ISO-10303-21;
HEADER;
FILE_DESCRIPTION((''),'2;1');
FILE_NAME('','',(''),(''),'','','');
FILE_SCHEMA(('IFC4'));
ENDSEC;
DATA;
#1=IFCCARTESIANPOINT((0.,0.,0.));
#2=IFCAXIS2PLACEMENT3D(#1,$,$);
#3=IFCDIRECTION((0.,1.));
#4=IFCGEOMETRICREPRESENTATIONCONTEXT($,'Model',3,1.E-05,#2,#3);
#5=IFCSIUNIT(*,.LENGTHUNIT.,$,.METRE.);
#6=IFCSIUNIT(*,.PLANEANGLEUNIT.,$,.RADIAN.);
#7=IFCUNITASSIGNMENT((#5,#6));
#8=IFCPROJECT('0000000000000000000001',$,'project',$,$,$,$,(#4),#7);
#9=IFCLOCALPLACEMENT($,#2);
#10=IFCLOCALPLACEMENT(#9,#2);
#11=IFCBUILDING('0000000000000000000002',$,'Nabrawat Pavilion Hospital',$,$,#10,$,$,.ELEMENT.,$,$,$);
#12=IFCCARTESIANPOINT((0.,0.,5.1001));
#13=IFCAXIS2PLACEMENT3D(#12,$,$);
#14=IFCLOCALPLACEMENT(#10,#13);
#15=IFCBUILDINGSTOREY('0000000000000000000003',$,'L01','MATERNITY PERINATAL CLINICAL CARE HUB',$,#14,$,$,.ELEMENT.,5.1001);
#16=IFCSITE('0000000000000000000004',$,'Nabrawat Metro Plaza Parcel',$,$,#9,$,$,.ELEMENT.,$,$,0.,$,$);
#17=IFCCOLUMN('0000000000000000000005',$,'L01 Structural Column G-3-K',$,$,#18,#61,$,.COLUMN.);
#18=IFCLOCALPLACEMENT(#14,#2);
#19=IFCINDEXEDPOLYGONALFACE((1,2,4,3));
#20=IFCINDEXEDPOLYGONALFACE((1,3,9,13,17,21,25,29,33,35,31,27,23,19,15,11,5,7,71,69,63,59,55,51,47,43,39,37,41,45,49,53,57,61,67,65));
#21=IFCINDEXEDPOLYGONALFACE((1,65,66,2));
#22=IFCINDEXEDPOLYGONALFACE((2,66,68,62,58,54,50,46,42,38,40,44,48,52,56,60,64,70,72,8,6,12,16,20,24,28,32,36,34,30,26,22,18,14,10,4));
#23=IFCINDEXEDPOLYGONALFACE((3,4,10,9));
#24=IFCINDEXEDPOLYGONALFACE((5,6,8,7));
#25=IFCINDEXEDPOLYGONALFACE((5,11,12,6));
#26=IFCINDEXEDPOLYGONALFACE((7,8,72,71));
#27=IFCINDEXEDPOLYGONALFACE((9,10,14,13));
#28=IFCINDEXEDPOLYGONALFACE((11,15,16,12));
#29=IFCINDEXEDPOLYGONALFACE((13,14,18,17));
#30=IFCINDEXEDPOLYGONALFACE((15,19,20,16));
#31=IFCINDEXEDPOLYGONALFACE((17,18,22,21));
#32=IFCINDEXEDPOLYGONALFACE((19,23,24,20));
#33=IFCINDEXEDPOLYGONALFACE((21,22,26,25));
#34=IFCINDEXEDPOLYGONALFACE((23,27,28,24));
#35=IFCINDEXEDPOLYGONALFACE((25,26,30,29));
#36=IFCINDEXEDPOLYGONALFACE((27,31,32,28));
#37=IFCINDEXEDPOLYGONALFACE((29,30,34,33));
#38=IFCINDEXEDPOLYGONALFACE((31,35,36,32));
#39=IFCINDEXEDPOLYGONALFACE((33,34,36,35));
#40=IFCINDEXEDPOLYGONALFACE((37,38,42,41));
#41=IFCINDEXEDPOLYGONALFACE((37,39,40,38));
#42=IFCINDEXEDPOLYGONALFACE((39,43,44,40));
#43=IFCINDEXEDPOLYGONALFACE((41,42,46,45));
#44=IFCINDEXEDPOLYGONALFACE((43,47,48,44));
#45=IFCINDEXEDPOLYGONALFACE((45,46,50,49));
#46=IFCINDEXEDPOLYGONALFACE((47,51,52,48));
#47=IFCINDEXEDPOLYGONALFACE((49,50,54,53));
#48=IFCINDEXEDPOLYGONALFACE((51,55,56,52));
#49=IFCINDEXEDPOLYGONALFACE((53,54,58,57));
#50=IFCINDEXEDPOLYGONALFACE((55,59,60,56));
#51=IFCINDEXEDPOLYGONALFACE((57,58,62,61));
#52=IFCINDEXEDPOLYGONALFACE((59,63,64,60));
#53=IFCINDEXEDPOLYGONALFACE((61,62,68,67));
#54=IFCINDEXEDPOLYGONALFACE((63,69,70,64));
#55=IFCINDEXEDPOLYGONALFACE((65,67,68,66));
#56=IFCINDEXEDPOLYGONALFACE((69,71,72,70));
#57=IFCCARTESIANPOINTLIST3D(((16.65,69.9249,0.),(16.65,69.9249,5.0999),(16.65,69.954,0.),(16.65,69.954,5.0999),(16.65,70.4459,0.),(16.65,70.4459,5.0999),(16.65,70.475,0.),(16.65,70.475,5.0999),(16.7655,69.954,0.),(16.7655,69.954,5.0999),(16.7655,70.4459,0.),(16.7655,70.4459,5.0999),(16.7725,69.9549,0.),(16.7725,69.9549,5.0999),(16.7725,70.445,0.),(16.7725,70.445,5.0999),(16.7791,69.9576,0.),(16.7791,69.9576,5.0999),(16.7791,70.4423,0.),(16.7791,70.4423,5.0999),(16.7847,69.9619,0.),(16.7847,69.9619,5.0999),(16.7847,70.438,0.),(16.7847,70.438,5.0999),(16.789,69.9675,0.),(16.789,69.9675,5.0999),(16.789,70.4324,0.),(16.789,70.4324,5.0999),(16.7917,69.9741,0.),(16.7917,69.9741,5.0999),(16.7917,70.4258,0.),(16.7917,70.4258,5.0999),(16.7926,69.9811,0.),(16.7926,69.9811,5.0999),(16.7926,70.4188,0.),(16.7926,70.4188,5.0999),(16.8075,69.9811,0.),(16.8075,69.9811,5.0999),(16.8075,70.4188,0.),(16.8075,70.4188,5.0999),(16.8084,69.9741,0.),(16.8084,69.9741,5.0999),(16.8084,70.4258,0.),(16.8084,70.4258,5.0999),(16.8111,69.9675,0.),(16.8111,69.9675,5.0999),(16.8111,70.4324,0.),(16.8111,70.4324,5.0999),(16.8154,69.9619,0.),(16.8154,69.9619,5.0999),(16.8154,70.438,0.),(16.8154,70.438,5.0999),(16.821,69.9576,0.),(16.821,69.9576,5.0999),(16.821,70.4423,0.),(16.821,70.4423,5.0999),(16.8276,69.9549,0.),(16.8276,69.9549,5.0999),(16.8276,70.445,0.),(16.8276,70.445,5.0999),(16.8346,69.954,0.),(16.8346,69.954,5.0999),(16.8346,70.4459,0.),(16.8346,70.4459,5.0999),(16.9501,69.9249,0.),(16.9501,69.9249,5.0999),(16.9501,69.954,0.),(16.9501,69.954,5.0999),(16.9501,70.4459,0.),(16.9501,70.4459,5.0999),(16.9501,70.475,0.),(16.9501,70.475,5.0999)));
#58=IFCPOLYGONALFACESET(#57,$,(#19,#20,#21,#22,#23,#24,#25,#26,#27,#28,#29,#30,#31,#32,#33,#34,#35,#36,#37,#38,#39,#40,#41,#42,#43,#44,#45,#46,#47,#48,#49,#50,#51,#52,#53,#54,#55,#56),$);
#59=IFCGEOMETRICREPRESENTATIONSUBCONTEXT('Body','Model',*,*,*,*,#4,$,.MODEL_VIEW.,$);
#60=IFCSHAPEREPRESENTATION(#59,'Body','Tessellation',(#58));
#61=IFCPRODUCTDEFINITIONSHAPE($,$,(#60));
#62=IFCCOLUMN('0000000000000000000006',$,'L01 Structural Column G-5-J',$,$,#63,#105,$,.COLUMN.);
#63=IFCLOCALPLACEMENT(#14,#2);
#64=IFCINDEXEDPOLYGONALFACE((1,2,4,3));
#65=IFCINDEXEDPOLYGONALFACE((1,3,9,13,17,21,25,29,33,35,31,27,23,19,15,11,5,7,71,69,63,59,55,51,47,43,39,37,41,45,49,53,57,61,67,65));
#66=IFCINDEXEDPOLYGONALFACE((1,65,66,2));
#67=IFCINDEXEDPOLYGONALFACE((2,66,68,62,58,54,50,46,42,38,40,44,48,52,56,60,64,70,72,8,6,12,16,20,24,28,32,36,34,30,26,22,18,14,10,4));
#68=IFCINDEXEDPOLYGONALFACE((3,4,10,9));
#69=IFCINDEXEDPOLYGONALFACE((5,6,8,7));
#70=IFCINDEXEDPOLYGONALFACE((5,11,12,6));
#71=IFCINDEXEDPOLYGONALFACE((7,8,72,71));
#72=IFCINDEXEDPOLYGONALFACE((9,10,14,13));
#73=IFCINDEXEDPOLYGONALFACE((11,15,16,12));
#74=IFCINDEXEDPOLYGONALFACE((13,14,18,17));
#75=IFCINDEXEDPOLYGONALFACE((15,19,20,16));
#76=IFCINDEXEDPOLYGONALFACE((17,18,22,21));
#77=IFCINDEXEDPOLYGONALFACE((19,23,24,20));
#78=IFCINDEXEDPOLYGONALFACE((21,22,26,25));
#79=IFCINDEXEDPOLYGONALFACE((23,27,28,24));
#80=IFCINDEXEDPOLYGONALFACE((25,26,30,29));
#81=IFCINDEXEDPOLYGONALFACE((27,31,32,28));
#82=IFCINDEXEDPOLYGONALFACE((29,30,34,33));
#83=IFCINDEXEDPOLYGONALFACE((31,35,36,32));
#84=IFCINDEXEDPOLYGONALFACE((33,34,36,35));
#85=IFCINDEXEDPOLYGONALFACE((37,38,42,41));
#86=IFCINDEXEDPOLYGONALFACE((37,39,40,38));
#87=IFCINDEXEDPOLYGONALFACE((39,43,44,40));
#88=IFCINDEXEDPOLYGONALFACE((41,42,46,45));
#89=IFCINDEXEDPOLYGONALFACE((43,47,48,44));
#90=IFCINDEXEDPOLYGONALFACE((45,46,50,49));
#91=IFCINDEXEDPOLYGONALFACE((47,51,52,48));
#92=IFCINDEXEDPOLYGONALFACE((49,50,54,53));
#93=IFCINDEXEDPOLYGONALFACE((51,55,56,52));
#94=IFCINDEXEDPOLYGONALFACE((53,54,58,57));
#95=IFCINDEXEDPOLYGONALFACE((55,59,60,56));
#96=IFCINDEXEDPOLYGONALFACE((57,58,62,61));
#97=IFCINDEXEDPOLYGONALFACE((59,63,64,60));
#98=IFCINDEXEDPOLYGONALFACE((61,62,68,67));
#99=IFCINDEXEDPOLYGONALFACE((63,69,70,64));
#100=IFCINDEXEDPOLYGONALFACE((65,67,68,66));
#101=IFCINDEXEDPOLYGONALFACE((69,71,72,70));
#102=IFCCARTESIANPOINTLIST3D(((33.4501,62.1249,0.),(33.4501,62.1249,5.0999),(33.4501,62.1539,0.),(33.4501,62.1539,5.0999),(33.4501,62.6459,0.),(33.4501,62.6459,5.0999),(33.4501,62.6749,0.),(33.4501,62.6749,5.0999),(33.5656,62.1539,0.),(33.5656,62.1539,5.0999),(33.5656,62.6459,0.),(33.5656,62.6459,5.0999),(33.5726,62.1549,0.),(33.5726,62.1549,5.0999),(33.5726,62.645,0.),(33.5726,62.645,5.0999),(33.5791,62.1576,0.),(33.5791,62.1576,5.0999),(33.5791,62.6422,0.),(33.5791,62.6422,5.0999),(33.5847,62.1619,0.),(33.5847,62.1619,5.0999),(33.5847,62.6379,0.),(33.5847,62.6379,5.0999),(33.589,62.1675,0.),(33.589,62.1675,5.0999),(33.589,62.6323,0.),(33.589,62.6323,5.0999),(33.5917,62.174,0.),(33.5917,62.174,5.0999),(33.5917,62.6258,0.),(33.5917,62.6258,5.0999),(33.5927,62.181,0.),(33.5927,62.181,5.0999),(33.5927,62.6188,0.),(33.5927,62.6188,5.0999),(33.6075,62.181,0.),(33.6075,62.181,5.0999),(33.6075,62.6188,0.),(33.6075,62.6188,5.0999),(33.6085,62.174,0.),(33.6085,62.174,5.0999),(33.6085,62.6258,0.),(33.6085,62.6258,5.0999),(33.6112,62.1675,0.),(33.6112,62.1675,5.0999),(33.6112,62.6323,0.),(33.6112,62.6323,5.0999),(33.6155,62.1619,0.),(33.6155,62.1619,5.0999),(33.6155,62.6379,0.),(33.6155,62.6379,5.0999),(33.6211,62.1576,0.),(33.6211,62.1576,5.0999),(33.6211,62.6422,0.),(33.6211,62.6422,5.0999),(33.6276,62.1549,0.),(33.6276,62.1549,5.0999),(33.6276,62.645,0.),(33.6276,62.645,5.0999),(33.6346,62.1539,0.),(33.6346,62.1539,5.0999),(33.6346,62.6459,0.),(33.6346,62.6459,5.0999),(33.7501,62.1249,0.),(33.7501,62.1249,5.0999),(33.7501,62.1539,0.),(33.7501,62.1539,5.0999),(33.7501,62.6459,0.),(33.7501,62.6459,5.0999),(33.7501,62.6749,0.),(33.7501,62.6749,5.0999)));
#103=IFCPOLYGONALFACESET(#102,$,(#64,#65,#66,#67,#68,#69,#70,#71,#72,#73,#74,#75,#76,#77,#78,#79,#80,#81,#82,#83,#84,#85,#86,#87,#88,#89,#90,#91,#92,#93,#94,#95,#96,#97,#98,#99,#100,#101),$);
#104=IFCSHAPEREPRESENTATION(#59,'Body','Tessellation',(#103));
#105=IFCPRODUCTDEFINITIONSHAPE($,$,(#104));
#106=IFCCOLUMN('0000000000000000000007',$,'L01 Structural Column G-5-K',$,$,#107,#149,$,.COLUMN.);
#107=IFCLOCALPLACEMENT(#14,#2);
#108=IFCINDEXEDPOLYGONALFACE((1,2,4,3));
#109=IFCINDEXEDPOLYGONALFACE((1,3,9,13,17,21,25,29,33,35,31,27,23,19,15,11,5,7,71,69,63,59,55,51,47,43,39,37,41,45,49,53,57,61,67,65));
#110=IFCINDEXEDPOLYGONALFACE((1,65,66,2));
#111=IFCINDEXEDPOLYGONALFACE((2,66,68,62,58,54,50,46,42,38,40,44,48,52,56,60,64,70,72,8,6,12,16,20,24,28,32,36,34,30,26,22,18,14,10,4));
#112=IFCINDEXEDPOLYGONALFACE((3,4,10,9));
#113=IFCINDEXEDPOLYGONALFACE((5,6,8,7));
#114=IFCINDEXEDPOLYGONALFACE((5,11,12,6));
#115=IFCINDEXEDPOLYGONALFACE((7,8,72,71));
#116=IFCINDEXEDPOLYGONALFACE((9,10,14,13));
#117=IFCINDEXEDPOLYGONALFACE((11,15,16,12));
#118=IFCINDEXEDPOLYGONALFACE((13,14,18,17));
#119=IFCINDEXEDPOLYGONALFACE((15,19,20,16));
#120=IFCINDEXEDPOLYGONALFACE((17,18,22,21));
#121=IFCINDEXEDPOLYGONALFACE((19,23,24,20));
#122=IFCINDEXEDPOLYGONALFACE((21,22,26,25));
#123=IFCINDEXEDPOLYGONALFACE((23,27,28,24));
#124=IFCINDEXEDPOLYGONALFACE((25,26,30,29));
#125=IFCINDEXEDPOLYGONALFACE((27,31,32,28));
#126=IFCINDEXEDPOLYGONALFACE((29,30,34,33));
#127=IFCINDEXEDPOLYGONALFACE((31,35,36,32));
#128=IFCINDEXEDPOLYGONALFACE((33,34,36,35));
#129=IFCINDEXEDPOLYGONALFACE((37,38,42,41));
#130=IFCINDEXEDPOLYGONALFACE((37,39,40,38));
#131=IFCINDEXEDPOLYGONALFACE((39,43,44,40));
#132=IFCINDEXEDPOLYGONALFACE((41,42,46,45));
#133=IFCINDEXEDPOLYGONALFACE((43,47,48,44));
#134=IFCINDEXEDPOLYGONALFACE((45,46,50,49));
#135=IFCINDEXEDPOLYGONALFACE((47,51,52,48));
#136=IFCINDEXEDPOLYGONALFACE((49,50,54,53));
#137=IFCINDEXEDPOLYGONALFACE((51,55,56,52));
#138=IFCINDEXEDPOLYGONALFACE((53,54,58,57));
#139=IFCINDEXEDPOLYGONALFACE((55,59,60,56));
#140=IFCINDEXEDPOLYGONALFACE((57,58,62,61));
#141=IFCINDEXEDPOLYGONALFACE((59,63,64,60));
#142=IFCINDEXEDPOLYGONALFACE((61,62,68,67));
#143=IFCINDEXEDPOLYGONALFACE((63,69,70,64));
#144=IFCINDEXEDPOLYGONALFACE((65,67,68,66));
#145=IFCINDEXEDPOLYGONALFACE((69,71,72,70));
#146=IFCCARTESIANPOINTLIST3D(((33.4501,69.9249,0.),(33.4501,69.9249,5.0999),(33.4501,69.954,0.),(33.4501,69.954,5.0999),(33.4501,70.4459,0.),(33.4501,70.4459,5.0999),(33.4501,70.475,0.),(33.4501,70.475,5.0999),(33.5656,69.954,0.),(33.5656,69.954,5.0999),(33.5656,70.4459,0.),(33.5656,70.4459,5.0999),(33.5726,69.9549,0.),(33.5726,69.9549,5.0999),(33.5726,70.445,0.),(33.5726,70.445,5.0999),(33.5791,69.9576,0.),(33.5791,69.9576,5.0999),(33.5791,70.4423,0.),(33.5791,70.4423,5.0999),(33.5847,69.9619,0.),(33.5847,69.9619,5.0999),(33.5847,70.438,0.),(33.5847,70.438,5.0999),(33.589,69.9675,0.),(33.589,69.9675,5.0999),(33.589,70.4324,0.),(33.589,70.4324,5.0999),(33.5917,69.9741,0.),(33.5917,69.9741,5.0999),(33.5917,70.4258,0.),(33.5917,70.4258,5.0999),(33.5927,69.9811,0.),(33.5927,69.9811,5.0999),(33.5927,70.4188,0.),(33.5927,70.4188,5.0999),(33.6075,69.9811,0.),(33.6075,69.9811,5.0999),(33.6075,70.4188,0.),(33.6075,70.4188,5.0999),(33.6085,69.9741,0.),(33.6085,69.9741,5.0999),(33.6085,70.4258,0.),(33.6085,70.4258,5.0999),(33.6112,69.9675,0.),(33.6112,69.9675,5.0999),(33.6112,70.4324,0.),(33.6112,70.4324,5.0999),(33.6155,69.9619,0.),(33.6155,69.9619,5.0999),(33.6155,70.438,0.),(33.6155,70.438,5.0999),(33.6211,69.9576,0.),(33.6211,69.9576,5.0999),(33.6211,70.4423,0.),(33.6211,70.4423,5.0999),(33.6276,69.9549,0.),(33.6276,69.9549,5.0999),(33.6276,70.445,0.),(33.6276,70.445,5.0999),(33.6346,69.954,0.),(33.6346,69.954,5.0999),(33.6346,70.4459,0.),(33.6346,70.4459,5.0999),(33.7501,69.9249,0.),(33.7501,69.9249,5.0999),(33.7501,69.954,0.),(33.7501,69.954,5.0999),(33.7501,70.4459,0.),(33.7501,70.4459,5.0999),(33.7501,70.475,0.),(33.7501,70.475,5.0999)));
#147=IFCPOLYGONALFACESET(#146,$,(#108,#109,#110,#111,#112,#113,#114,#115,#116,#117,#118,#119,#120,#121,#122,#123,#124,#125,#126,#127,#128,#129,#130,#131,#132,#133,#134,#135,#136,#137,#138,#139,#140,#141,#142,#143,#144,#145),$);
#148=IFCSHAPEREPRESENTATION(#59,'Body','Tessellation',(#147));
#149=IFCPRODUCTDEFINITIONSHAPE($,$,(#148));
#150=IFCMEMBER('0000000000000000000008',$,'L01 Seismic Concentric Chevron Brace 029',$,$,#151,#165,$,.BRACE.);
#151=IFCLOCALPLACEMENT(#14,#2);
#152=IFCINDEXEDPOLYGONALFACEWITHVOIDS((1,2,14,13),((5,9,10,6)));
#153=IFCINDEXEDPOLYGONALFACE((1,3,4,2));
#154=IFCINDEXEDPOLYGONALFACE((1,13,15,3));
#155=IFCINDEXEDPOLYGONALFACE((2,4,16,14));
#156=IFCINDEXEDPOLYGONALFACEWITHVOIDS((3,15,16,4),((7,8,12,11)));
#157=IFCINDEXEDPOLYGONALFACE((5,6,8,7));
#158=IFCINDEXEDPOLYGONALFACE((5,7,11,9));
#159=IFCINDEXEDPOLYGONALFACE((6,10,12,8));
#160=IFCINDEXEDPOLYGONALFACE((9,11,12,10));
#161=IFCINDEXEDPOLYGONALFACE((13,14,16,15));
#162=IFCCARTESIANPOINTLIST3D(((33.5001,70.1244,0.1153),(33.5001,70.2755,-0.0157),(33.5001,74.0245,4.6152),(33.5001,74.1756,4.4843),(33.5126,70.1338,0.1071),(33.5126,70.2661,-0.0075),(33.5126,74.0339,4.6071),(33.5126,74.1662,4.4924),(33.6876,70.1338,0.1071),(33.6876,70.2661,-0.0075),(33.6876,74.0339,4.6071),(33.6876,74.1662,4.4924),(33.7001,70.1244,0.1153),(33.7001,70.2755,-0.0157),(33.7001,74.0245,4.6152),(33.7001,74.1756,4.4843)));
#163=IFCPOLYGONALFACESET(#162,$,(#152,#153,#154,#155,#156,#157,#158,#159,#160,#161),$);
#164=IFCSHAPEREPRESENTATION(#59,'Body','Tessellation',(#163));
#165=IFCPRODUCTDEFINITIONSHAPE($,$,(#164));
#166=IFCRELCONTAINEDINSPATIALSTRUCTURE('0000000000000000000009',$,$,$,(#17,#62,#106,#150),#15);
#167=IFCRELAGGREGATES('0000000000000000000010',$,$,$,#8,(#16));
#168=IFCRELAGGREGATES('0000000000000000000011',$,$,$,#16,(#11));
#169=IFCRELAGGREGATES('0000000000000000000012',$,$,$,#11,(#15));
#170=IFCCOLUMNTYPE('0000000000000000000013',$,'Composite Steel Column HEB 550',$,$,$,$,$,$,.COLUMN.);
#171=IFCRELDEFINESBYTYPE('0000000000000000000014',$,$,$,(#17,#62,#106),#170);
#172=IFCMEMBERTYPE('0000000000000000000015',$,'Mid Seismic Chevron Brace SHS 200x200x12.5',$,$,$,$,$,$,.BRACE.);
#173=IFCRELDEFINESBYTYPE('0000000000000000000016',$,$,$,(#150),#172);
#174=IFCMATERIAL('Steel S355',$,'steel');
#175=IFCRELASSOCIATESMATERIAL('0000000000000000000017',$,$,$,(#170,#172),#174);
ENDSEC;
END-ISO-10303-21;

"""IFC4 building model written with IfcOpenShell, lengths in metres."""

from ifc_helpers import new_model, si_unit, direction, frame, origin, origin_2d, place, context, subcontext, project, spatial, hollow_rectangle, i_section, extrude, material, material_profile, profile_set, type_object, element, save


model = new_model("IFC4")

# Units and contexts
model_context = context("Model", 3, precision=1e-05, world=origin(), true_north=direction((0.0, 1.0)))
body_context = subcontext(model_context, "Body", "Model", "MODEL_VIEW")
ifc_project = project(units=[si_unit("LENGTHUNIT", "METRE"), si_unit("PLANEANGLEUNIT", "RADIAN")], contexts=[model_context])

# Site, building, storey
site_placement = place(None, origin())
site = spatial("IfcSite", under=ifc_project, at=site_placement, Name="Nabrawat Metro Plaza Parcel", CompositionType="ELEMENT", RefElevation=0.0)
building_placement = place(site_placement, origin())
building = spatial("IfcBuilding", under=site, at=building_placement, Name="Nabrawat Pavilion Hospital", CompositionType="ELEMENT")
storey_placement = place(building_placement, frame((0.0, 0.0, 5.1001)))
storey = spatial("IfcBuildingStorey", under=building, at=storey_placement, Name="L01", Description="MATERNITY PERINATAL CLINICAL CARE HUB", CompositionType="ELEMENT", Elevation=5.1001)

# Columns
ifc_material_1 = material(Name="Steel S355", Category="steel")
ifc_material_profile_1 = material_profile(ifc_material_1, i_section(OverallWidth=0.3, OverallDepth=0.55, WebThickness=0.0149, FlangeThickness=0.0291, FilletRadius=0.0271, at=origin_2d()), Name="HEB 550")
ifc_profile_set_1 = profile_set([ifc_material_profile_1], Name="Steel S355")
column_type = type_object("IfcColumnType", Name="Composite Steel Column HEB 550", PredefinedType="COLUMN", material=ifc_profile_set_1)
for number, where, z_axis, x_axis, name in (
    (1, (16.8, 70.2, 0.0), (0.0, 0.0, 1.0), (1.0, 0.0, 0.0), "L01 Structural Column G-3-K"),
    (2, (33.6001, 62.3999, 0.0), (0.0, 0.0, 1.0), (1.0, 0.0, 0.0), "L01 Structural Column G-5-J"),
    (3, (33.6001, 70.2, 0.0), (0.0, 0.0, 1.0), (1.0, 0.0, 0.0), "L01 Structural Column G-5-K"),
):
    element("IfcColumn", number, at=place(storey_placement, frame(where, z_axis=z_axis, x_axis=x_axis)), inside=storey, type_object=column_type, Name=name, PredefinedType="COLUMN", context=body_context, shape_type="SweptSolid", body=[
        extrude(i_section(OverallWidth=0.3, OverallDepth=0.55, WebThickness=0.0149, FlangeThickness=0.0291, FilletRadius=0.0271, at=origin_2d()), origin(), (0.0, 0.0, 1.0), 5.0999),
    ])

# Member
ifc_material_profile_2 = material_profile(ifc_material_1, hollow_rectangle(XDim=0.2, YDim=0.2, WallThickness=0.0125, at=origin_2d()), Name="SHS 200x200x12.5")
ifc_profile_set_2 = profile_set([ifc_material_profile_2], Name="Steel S355")
member_type = type_object("IfcMemberType", Name="Mid Seismic Chevron Brace SHS 200x200x12.5", PredefinedType="BRACE", material=ifc_profile_set_2)
member_placement = place(storey_placement, frame((33.6001, 70.2, 0.0498), z_axis=(0.0, 0.654945, 0.755677), x_axis=(-1.0, 0.0, 0.0)))
element("IfcMember", 4, at=member_placement, inside=storey, type_object=member_type, Name="L01 Seismic Concentric Chevron Brace 029", PredefinedType="BRACE", context=body_context, shape_type="SweptSolid", body=[
    extrude(hollow_rectangle(XDim=0.2, YDim=0.2, WallThickness=0.0125, at=origin_2d()), origin(), (0.0, 0.0, 1.0), 5.9548),
])

save(model, "model.ifc")
